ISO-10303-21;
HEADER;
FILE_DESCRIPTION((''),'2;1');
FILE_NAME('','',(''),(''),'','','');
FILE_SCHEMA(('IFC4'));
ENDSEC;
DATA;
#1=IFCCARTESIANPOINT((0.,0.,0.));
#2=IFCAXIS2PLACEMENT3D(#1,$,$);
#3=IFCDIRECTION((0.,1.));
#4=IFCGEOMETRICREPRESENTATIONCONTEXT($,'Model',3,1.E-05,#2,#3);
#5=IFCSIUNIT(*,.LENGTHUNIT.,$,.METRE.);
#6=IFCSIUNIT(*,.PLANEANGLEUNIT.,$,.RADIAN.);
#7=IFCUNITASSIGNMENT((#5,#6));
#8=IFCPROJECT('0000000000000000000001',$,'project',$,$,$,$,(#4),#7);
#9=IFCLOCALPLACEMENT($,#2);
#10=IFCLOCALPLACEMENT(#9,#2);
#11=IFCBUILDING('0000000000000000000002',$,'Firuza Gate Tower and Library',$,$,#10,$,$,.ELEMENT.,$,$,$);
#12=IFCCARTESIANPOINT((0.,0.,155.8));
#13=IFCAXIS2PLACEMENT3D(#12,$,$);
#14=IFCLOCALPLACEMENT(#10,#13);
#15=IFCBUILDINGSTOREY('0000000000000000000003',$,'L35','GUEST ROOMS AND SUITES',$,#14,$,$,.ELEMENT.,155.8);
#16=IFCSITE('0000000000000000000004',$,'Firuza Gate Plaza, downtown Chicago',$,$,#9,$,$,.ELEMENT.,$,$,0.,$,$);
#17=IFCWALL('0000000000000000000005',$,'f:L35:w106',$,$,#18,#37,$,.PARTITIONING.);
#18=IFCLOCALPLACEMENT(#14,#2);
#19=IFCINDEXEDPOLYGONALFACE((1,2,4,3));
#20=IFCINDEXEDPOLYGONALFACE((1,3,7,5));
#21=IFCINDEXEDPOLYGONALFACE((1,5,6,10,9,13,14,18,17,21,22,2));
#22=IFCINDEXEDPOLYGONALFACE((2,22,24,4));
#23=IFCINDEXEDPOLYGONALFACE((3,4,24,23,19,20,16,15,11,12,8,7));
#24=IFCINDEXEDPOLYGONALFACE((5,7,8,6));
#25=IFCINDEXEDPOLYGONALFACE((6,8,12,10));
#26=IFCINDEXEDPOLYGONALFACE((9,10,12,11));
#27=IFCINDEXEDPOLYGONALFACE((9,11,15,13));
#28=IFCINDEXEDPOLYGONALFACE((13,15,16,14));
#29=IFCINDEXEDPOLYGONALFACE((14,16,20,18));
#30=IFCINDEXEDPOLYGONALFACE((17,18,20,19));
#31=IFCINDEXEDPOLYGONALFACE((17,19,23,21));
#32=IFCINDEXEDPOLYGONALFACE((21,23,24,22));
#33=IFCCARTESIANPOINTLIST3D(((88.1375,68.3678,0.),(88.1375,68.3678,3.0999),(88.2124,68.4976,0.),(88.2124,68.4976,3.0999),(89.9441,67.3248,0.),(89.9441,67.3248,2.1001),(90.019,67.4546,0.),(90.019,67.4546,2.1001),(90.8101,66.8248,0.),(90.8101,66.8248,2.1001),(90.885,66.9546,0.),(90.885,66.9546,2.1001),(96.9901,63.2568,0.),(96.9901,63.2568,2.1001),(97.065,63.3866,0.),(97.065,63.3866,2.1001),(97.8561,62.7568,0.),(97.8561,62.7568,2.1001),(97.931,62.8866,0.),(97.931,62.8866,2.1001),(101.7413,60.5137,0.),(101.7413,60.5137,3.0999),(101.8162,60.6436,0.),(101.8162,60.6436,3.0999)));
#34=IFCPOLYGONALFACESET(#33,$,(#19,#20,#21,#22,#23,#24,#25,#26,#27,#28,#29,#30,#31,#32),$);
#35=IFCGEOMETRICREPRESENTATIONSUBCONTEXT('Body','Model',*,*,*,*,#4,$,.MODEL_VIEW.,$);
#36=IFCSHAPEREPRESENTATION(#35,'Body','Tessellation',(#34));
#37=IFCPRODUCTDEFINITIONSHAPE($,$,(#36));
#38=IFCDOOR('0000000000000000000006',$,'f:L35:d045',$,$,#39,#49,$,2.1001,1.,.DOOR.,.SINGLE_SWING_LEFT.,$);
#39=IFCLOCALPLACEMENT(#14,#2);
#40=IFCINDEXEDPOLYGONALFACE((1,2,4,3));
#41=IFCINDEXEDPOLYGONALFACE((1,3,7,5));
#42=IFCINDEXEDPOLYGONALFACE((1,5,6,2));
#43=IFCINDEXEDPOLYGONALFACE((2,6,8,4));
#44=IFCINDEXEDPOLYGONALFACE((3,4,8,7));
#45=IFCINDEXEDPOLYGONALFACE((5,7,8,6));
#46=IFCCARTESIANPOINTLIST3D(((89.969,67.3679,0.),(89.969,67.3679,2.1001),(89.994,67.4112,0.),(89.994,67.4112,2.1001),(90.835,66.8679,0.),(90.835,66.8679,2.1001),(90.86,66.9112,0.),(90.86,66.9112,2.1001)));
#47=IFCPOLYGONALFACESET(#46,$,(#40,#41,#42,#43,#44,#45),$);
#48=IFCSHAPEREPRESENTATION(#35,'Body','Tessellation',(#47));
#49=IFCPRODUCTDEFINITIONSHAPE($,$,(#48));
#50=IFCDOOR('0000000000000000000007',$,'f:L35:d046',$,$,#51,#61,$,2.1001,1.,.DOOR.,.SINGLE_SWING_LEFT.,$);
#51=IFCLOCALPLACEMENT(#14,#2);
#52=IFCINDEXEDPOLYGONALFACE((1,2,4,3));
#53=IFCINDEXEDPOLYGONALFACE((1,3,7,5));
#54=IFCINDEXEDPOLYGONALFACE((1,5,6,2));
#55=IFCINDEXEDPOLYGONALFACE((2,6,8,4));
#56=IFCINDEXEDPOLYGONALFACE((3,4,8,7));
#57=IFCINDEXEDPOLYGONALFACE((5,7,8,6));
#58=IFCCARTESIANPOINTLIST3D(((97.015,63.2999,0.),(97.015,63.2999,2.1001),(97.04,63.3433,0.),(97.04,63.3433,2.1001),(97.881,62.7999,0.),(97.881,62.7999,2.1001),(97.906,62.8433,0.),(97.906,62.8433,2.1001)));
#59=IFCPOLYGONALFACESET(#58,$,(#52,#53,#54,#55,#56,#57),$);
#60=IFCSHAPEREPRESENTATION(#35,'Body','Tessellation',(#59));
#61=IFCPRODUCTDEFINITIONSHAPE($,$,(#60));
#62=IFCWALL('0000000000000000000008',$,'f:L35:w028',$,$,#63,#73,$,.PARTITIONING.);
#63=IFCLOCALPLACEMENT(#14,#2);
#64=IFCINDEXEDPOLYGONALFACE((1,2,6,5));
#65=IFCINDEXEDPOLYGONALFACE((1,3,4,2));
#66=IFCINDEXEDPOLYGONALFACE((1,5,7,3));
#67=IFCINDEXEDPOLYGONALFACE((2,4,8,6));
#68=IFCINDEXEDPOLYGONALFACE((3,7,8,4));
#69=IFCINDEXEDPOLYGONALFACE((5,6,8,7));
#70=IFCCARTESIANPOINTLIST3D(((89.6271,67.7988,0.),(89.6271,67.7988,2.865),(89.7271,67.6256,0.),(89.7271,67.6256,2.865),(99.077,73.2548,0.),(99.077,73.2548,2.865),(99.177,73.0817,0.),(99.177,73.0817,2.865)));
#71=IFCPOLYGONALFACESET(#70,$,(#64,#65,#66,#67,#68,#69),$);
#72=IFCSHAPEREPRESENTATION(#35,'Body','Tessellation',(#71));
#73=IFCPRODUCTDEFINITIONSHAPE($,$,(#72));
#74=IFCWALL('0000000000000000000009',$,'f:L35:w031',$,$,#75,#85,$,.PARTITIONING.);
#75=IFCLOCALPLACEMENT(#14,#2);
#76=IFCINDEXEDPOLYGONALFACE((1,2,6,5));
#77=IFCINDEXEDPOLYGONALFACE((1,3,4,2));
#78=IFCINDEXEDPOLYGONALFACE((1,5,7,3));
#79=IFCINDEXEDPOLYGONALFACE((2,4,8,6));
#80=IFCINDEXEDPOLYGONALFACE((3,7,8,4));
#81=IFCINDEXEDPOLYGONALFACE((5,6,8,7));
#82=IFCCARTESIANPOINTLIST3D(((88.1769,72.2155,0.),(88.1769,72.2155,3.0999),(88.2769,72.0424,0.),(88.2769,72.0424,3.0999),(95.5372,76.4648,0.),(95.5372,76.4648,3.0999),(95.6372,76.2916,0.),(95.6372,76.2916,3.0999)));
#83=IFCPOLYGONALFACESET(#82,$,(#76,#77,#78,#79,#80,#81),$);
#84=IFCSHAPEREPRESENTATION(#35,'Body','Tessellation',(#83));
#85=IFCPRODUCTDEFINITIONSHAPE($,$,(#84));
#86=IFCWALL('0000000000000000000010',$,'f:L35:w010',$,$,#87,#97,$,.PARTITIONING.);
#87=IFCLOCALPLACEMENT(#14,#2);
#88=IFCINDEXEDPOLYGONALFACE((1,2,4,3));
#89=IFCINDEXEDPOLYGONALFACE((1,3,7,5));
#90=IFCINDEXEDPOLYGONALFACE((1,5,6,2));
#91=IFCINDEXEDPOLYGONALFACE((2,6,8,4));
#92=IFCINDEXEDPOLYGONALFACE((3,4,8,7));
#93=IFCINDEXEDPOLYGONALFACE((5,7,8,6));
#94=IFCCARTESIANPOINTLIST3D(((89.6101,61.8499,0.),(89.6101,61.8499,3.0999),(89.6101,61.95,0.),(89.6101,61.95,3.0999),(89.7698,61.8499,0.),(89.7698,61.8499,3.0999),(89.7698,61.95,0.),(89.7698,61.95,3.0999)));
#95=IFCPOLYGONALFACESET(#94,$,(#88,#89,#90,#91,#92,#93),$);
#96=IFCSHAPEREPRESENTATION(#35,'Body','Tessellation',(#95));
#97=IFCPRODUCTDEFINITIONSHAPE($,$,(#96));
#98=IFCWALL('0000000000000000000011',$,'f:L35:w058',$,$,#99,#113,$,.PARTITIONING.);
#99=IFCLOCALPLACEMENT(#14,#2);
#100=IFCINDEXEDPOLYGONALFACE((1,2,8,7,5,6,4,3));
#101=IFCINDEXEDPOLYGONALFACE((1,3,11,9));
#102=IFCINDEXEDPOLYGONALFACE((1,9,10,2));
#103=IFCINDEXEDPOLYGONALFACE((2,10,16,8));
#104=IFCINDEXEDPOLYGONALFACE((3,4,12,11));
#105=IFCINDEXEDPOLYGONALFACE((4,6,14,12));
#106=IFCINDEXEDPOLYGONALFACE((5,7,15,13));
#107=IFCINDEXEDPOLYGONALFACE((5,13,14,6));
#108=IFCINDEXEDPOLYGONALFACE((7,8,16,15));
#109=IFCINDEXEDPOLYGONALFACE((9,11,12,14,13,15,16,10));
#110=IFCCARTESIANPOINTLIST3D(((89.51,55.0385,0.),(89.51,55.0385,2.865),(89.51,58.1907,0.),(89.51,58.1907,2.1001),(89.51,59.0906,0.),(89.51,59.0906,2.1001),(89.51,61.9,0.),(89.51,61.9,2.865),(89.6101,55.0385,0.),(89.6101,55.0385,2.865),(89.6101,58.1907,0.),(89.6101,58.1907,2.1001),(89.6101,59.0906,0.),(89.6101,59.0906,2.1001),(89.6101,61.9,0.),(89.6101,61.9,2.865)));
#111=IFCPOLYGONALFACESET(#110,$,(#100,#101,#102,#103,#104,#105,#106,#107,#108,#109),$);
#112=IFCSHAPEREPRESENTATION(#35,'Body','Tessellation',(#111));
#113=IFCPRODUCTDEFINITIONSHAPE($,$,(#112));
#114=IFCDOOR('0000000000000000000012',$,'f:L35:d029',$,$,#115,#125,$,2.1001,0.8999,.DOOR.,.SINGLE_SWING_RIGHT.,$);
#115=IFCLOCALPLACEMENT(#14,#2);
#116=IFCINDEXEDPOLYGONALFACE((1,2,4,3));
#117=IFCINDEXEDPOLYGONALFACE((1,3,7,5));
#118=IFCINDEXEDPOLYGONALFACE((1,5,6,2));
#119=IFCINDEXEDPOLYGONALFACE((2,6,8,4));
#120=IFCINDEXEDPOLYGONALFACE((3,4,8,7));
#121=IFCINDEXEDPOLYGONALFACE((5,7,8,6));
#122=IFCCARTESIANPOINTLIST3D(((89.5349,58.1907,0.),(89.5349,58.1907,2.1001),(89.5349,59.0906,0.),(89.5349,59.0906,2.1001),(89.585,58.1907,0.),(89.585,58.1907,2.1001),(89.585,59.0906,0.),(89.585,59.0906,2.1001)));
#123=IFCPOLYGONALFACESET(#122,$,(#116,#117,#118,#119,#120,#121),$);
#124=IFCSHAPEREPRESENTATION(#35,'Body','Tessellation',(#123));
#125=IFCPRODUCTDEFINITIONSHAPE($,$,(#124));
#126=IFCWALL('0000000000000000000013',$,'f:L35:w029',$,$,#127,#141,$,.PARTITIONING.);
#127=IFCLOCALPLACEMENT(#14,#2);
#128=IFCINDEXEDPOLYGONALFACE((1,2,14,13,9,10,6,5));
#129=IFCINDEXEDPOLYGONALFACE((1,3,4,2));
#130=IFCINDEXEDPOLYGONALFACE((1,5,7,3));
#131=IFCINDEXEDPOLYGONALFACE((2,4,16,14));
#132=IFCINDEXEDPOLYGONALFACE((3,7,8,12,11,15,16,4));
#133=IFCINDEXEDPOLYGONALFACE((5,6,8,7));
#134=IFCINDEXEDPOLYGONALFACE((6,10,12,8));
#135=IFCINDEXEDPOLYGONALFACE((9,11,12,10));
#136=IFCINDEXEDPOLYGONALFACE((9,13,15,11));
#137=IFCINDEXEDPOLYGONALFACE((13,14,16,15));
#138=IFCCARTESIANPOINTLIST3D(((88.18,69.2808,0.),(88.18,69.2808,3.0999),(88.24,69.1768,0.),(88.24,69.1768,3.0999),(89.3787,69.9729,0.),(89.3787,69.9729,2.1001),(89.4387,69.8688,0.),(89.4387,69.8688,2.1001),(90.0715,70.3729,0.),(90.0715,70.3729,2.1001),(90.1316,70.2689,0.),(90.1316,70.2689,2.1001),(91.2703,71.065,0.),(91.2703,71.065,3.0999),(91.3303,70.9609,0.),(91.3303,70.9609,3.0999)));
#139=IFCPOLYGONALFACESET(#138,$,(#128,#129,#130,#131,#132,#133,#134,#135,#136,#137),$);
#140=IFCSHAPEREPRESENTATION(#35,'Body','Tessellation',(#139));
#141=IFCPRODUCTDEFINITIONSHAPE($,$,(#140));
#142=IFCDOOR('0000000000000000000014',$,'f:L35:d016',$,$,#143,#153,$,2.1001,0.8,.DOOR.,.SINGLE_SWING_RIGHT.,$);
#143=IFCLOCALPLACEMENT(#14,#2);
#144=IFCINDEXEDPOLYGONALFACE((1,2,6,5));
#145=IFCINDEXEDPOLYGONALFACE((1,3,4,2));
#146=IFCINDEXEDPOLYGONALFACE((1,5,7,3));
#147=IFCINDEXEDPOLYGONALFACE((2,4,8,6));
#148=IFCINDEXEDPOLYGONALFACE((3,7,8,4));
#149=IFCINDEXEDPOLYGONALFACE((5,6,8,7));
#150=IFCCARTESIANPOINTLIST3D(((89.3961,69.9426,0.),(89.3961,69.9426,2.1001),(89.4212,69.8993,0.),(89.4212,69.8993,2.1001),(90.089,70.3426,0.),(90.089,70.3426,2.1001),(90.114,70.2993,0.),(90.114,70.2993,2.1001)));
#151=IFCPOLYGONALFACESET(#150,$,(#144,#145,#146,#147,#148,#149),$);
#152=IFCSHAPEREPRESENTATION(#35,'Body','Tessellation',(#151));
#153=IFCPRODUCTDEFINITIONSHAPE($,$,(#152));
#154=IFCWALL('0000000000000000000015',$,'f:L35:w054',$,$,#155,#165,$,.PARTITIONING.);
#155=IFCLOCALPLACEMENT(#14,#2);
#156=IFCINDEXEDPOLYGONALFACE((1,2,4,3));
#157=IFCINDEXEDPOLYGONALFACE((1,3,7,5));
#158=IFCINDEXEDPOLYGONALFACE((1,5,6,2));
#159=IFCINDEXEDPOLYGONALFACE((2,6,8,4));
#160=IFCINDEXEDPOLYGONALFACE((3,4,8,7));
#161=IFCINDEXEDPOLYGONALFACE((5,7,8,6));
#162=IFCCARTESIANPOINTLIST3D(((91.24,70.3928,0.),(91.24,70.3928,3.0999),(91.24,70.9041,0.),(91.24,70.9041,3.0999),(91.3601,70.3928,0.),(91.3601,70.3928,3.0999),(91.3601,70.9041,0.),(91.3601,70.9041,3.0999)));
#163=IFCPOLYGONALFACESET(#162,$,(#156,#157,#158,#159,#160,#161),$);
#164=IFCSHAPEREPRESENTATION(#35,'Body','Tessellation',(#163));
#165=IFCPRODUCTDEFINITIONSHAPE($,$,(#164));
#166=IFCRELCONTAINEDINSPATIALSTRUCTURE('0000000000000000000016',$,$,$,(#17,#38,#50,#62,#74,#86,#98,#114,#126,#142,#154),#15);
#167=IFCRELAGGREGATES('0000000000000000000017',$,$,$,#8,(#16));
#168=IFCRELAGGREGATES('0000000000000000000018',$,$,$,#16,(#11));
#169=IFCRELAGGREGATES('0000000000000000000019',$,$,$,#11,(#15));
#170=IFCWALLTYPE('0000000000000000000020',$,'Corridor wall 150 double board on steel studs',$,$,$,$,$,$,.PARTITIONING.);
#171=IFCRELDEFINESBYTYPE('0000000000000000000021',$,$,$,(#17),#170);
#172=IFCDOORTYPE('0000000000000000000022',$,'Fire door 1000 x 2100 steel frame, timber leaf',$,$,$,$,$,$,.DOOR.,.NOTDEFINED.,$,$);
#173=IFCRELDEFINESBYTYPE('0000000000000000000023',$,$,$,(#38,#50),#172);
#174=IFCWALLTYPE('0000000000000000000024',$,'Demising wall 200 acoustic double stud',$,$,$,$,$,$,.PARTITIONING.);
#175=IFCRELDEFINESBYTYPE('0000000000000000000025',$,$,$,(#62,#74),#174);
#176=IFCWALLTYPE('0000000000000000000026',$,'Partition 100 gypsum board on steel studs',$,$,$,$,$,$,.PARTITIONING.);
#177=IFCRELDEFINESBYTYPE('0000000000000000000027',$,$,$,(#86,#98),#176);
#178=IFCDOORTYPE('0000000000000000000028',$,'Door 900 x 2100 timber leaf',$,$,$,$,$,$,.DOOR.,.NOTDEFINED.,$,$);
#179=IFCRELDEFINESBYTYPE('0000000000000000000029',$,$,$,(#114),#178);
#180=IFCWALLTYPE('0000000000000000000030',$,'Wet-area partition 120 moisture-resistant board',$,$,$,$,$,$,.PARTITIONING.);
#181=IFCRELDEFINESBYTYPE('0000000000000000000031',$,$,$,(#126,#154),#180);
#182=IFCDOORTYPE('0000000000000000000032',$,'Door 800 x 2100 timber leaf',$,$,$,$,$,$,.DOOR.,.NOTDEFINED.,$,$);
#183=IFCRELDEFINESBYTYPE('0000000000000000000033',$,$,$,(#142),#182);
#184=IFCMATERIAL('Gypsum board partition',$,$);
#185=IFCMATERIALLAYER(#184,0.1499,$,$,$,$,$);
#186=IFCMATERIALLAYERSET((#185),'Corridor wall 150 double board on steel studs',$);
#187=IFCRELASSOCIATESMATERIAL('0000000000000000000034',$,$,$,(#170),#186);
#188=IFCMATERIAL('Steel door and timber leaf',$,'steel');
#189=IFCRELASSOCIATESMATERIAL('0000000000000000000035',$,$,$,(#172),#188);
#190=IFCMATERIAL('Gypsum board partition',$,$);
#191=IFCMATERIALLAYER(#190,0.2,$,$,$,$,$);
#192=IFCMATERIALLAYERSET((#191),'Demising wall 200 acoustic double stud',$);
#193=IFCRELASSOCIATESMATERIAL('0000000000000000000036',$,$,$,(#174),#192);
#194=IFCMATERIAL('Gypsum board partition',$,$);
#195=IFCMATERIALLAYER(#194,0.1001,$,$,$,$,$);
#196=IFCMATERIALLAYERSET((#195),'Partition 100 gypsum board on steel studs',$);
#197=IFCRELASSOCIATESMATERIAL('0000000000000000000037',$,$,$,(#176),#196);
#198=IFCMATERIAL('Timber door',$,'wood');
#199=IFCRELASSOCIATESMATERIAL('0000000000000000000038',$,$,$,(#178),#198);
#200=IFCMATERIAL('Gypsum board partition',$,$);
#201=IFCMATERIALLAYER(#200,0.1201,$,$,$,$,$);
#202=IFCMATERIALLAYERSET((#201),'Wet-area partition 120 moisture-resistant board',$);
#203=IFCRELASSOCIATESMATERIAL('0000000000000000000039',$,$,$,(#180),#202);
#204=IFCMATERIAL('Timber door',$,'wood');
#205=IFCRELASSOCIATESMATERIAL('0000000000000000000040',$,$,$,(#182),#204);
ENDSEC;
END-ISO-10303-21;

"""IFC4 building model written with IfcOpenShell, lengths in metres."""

from ifc_helpers import new_model, si_unit, direction, frame, frame_2d, origin, place, context, subcontext, project, spatial, rectangle, extrude, material, layer, layer_set, type_object, element, fill, save


model = new_model("IFC4")

# Units and contexts
model_context = context("Model", 3, precision=1e-05, world=origin(), true_north=direction((0.0, 1.0)))
body_context = subcontext(model_context, "Body", "Model", "MODEL_VIEW")
ifc_project = project(units=[si_unit("LENGTHUNIT", "METRE"), si_unit("PLANEANGLEUNIT", "RADIAN")], contexts=[model_context])

# Site, building, storey
site_placement = place(None, origin())
site = spatial("IfcSite", under=ifc_project, at=site_placement, Name="Firuza Gate Plaza, downtown Chicago", CompositionType="ELEMENT", RefElevation=0.0)
building_placement = place(site_placement, origin())
building = spatial("IfcBuilding", under=site, at=building_placement, Name="Firuza Gate Tower and Library", CompositionType="ELEMENT")
storey_placement = place(building_placement, frame((0.0, 0.0, 155.8)))
storey = spatial("IfcBuildingStorey", under=building, at=storey_placement, Name="L35", Description="GUEST ROOMS AND SUITES", CompositionType="ELEMENT", Elevation=155.8)

# Shared definitions
ifc_material_1 = material(Name="Gypsum board partition")
ifc_layer_1 = layer(ifc_material_1, 0.1499)
ifc_layer_set_1 = layer_set([ifc_layer_1], Name="Corridor wall 150 double board on steel studs")
wall_type_1 = type_object("IfcWallType", Name="Corridor wall 150 double board on steel studs", PredefinedType="PARTITIONING", material=ifc_layer_set_1)
ifc_material_2 = material(Name="Steel door and timber leaf", Category="steel")
door_type_1 = type_object("IfcDoorType", Name="Fire door 1000 x 2100 steel frame, timber leaf", OperationType="NOTDEFINED", PredefinedType="DOOR", material=ifc_material_2)

# Wall, openings, doors
wall_1_placement = place(storey_placement, frame((88.175, 68.4326, 0.0), z_axis=(0.0, 0.0, 1.0), x_axis=(0.866029, -0.499994, 0.0)))
wall_1 = element("IfcWall", 1, at=wall_1_placement, inside=storey, type_object=wall_type_1, Name="f:L35:w106", PredefinedType="PARTITIONING", context=body_context, shape_type="SweptSolid", body=[
    extrude(rectangle(XDim=15.7083, YDim=0.1499, at=frame_2d((7.854, 0.0))), origin(), (0.0, 0.0, 1.0), 3.0999),
])
opening_1_placement = place(wall_1_placement, frame((2.0859, 0.0, 0.0)))
opening_1 = element("IfcOpeningElement", 2, at=opening_1_placement, cuts=wall_1, PredefinedType="OPENING", context=body_context, shape_type="SweptSolid", body=[
    extrude(rectangle(XDim=1.0, YDim=2.1001, at=frame_2d((0.5, 1.05))), frame((0.0, 0.085, 0.0), z_axis=(0.0, -1.0, 0.0), x_axis=(1.0, 0.0, 0.0)), (0.0, 0.0, 1.0), 0.1699),
])
opening_2_placement = place(wall_1_placement, frame((10.2219, 0.0, 0.0)))
opening_2 = element("IfcOpeningElement", 3, at=opening_2_placement, cuts=wall_1, PredefinedType="OPENING", context=body_context, shape_type="SweptSolid", body=[
    extrude(rectangle(XDim=1.0, YDim=2.1001, at=frame_2d((0.5, 1.05))), frame((0.0, 0.085, 0.0), z_axis=(0.0, -1.0, 0.0), x_axis=(1.0, 0.0, 0.0)), (0.0, 0.0, 1.0), 0.1699),
])
door_1_placement = place(opening_1_placement, origin())
door_1 = element("IfcDoor", 4, at=door_1_placement, inside=storey, type_object=door_type_1, Name="f:L35:d045", OperationType="SINGLE_SWING_LEFT", OverallHeight=2.1001, OverallWidth=1.0, PredefinedType="DOOR", context=body_context, shape_type="SweptSolid", body=[
    extrude(rectangle(XDim=1.0, YDim=2.1001, at=frame_2d((0.5, 1.05))), frame((0.0, 0.0249, 0.0), z_axis=(0.0, -1.0, 0.0), x_axis=(1.0, 0.0, 0.0)), (0.0, 0.0, 1.0), 0.05),
])
fill(opening_1, door_1)
door_2_placement = place(opening_2_placement, origin())
door_2 = element("IfcDoor", 5, at=door_2_placement, inside=storey, type_object=door_type_1, Name="f:L35:d046", OperationType="SINGLE_SWING_LEFT", OverallHeight=2.1001, OverallWidth=1.0, PredefinedType="DOOR", context=body_context, shape_type="SweptSolid", body=[
    extrude(rectangle(XDim=1.0, YDim=2.1001, at=frame_2d((0.5, 1.05))), frame((0.0, 0.0249, 0.0), z_axis=(0.0, -1.0, 0.0), x_axis=(1.0, 0.0, 0.0)), (0.0, 0.0, 1.0), 0.05),
])
fill(opening_2, door_2)

# Walls
ifc_material_3 = material(Name="Gypsum board partition")
ifc_layer_2 = layer(ifc_material_3, 0.2)
ifc_layer_set_2 = layer_set([ifc_layer_2], Name="Demising wall 200 acoustic double stud")
wall_type_2 = type_object("IfcWallType", Name="Demising wall 200 acoustic double stud", PredefinedType="PARTITIONING", material=ifc_layer_set_2)
wall_2_placement = place(storey_placement, frame((89.677, 67.7122, 0.0), z_axis=(0.0, 0.0, 1.0), x_axis=(0.866021, 0.500008, 0.0)))
element("IfcWall", 6, at=wall_2_placement, inside=storey, type_object=wall_type_2, Name="f:L35:w028", PredefinedType="PARTITIONING", context=body_context, shape_type="SweptSolid", body=[
    extrude(rectangle(XDim=10.9119, YDim=0.2, at=frame_2d((5.4561, 0.0))), origin(), (0.0, 0.0, 1.0), 2.865),
])
wall_3_placement = place(storey_placement, frame((88.2268, 72.1289, 0.0), z_axis=(0.0, 0.0, 1.0), x_axis=(0.866037, 0.499979, 0.0)))
element("IfcWall", 7, at=wall_3_placement, inside=storey, type_object=wall_type_2, Name="f:L35:w031", PredefinedType="PARTITIONING", context=body_context, shape_type="SweptSolid", body=[
    extrude(rectangle(XDim=8.4988, YDim=0.2, at=frame_2d((4.2495, 0.0))), origin(), (0.0, 0.0, 1.0), 3.0999),
])
ifc_material_4 = material(Name="Gypsum board partition")
ifc_layer_3 = layer(ifc_material_4, 0.1001)
ifc_layer_set_3 = layer_set([ifc_layer_3], Name="Partition 100 gypsum board on steel studs")
wall_type_3 = type_object("IfcWallType", Name="Partition 100 gypsum board on steel studs", PredefinedType="PARTITIONING", material=ifc_layer_set_3)
wall_4_placement = place(storey_placement, frame((89.6101, 61.8999, 0.0), z_axis=(0.0, 0.0, 1.0), x_axis=(1.0, 0.0, 0.0)))
element("IfcWall", 8, at=wall_4_placement, inside=storey, type_object=wall_type_3, Name="f:L35:w010", PredefinedType="PARTITIONING", context=body_context, shape_type="SweptSolid", body=[
    extrude(rectangle(XDim=0.1597, YDim=0.1001, at=frame_2d((0.0798, 0.0))), origin(), (0.0, 0.0, 1.0), 3.0999),
])

# Walls, openings, doors
wall_5_placement = place(storey_placement, frame((89.5601, 61.8999, 0.0), z_axis=(0.0, 0.0, 1.0), x_axis=(0.0, -1.0, 0.0)))
wall_5 = element("IfcWall", 9, at=wall_5_placement, inside=storey, type_object=wall_type_3, Name="f:L35:w058", PredefinedType="PARTITIONING", context=body_context, shape_type="SweptSolid", body=[
    extrude(rectangle(XDim=6.8616, YDim=0.1001, at=frame_2d((3.4307, 0.0))), origin(), (0.0, 0.0, 1.0), 2.865),
])
opening_3_placement = place(wall_5_placement, frame((2.8093, 0.0, 0.0)))
opening_3 = element("IfcOpeningElement", 10, at=opening_3_placement, cuts=wall_5, PredefinedType="OPENING", context=body_context, shape_type="SweptSolid", body=[
    extrude(rectangle(XDim=0.8999, YDim=2.1001, at=frame_2d((0.45, 1.05))), frame((0.0, 0.0601, 0.0), z_axis=(0.0, -1.0, 0.0), x_axis=(1.0, 0.0, 0.0)), (0.0, 0.0, 1.0), 0.1201),
])
ifc_material_5 = material(Name="Timber door", Category="wood")
door_type_2 = type_object("IfcDoorType", Name="Door 900 x 2100 timber leaf", OperationType="NOTDEFINED", PredefinedType="DOOR", material=ifc_material_5)
door_3_placement = place(opening_3_placement, origin())
door_3 = element("IfcDoor", 11, at=door_3_placement, inside=storey, type_object=door_type_2, Name="f:L35:d029", OperationType="SINGLE_SWING_RIGHT", OverallHeight=2.1001, OverallWidth=0.8999, PredefinedType="DOOR", context=body_context, shape_type="SweptSolid", body=[
    extrude(rectangle(XDim=0.8999, YDim=2.1001, at=frame_2d((0.45, 1.05))), frame((0.0, 0.0249, 0.0), z_axis=(0.0, -1.0, 0.0), x_axis=(1.0, 0.0, 0.0)), (0.0, 0.0, 1.0), 0.05),
])
fill(opening_3, door_3)
ifc_material_6 = material(Name="Gypsum board partition")
ifc_layer_4 = layer(ifc_material_6, 0.1201)
ifc_layer_set_4 = layer_set([ifc_layer_4], Name="Wet-area partition 120 moisture-resistant board")
wall_type_4 = type_object("IfcWallType", Name="Wet-area partition 120 moisture-resistant board", PredefinedType="PARTITIONING", material=ifc_layer_set_4)
wall_6_placement = place(storey_placement, frame((91.3003, 71.0129, 0.0), z_axis=(0.0, 0.0, 1.0), x_axis=(-0.866028, -0.499995, 0.0)))
wall_6 = element("IfcWall", 12, at=wall_6_placement, inside=storey, type_object=wall_type_4, Name="f:L35:w029", PredefinedType="PARTITIONING", context=body_context, shape_type="SweptSolid", body=[
    extrude(rectangle(XDim=3.5684, YDim=0.1201, at=frame_2d((1.7842, 0.0))), origin(), (0.0, 0.0, 1.0), 3.0999),
])
opening_4_placement = place(wall_6_placement, frame((1.3843, 0.0, 0.0)))
opening_4 = element("IfcOpeningElement", 13, at=opening_4_placement, cuts=wall_6, PredefinedType="OPENING", context=body_context, shape_type="SweptSolid", body=[
    extrude(rectangle(XDim=0.8, YDim=2.1001, at=frame_2d((0.3999, 1.05))), frame((0.0, 0.0701, 0.0), z_axis=(0.0, -1.0, 0.0), x_axis=(1.0, 0.0, 0.0)), (0.0, 0.0, 1.0), 0.1401),
])
ifc_material_7 = material(Name="Timber door", Category="wood")
door_type_3 = type_object("IfcDoorType", Name="Door 800 x 2100 timber leaf", OperationType="NOTDEFINED", PredefinedType="DOOR", material=ifc_material_7)
door_4_placement = place(opening_4_placement, origin())
door_4 = element("IfcDoor", 14, at=door_4_placement, inside=storey, type_object=door_type_3, Name="f:L35:d016", OperationType="SINGLE_SWING_RIGHT", OverallHeight=2.1001, OverallWidth=0.8, PredefinedType="DOOR", context=body_context, shape_type="SweptSolid", body=[
    extrude(rectangle(XDim=0.8, YDim=2.1001, at=frame_2d((0.3999, 1.05))), frame((0.0, 0.0249, 0.0), z_axis=(0.0, -1.0, 0.0), x_axis=(1.0, 0.0, 0.0)), (0.0, 0.0, 1.0), 0.05),
])
fill(opening_4, door_4)

# Wall
wall_7_placement = place(storey_placement, frame((91.3, 70.3928, 0.0), z_axis=(0.0, 0.0, 1.0), x_axis=(0.0, 1.0, 0.0)))
element("IfcWall", 15, at=wall_7_placement, inside=storey, type_object=wall_type_4, Name="f:L35:w054", PredefinedType="PARTITIONING", context=body_context, shape_type="SweptSolid", body=[
    extrude(rectangle(XDim=0.5112, YDim=0.1201, at=frame_2d((0.2556, 0.0))), origin(), (0.0, 0.0, 1.0), 3.0999),
])

save(model, "model.ifc")
